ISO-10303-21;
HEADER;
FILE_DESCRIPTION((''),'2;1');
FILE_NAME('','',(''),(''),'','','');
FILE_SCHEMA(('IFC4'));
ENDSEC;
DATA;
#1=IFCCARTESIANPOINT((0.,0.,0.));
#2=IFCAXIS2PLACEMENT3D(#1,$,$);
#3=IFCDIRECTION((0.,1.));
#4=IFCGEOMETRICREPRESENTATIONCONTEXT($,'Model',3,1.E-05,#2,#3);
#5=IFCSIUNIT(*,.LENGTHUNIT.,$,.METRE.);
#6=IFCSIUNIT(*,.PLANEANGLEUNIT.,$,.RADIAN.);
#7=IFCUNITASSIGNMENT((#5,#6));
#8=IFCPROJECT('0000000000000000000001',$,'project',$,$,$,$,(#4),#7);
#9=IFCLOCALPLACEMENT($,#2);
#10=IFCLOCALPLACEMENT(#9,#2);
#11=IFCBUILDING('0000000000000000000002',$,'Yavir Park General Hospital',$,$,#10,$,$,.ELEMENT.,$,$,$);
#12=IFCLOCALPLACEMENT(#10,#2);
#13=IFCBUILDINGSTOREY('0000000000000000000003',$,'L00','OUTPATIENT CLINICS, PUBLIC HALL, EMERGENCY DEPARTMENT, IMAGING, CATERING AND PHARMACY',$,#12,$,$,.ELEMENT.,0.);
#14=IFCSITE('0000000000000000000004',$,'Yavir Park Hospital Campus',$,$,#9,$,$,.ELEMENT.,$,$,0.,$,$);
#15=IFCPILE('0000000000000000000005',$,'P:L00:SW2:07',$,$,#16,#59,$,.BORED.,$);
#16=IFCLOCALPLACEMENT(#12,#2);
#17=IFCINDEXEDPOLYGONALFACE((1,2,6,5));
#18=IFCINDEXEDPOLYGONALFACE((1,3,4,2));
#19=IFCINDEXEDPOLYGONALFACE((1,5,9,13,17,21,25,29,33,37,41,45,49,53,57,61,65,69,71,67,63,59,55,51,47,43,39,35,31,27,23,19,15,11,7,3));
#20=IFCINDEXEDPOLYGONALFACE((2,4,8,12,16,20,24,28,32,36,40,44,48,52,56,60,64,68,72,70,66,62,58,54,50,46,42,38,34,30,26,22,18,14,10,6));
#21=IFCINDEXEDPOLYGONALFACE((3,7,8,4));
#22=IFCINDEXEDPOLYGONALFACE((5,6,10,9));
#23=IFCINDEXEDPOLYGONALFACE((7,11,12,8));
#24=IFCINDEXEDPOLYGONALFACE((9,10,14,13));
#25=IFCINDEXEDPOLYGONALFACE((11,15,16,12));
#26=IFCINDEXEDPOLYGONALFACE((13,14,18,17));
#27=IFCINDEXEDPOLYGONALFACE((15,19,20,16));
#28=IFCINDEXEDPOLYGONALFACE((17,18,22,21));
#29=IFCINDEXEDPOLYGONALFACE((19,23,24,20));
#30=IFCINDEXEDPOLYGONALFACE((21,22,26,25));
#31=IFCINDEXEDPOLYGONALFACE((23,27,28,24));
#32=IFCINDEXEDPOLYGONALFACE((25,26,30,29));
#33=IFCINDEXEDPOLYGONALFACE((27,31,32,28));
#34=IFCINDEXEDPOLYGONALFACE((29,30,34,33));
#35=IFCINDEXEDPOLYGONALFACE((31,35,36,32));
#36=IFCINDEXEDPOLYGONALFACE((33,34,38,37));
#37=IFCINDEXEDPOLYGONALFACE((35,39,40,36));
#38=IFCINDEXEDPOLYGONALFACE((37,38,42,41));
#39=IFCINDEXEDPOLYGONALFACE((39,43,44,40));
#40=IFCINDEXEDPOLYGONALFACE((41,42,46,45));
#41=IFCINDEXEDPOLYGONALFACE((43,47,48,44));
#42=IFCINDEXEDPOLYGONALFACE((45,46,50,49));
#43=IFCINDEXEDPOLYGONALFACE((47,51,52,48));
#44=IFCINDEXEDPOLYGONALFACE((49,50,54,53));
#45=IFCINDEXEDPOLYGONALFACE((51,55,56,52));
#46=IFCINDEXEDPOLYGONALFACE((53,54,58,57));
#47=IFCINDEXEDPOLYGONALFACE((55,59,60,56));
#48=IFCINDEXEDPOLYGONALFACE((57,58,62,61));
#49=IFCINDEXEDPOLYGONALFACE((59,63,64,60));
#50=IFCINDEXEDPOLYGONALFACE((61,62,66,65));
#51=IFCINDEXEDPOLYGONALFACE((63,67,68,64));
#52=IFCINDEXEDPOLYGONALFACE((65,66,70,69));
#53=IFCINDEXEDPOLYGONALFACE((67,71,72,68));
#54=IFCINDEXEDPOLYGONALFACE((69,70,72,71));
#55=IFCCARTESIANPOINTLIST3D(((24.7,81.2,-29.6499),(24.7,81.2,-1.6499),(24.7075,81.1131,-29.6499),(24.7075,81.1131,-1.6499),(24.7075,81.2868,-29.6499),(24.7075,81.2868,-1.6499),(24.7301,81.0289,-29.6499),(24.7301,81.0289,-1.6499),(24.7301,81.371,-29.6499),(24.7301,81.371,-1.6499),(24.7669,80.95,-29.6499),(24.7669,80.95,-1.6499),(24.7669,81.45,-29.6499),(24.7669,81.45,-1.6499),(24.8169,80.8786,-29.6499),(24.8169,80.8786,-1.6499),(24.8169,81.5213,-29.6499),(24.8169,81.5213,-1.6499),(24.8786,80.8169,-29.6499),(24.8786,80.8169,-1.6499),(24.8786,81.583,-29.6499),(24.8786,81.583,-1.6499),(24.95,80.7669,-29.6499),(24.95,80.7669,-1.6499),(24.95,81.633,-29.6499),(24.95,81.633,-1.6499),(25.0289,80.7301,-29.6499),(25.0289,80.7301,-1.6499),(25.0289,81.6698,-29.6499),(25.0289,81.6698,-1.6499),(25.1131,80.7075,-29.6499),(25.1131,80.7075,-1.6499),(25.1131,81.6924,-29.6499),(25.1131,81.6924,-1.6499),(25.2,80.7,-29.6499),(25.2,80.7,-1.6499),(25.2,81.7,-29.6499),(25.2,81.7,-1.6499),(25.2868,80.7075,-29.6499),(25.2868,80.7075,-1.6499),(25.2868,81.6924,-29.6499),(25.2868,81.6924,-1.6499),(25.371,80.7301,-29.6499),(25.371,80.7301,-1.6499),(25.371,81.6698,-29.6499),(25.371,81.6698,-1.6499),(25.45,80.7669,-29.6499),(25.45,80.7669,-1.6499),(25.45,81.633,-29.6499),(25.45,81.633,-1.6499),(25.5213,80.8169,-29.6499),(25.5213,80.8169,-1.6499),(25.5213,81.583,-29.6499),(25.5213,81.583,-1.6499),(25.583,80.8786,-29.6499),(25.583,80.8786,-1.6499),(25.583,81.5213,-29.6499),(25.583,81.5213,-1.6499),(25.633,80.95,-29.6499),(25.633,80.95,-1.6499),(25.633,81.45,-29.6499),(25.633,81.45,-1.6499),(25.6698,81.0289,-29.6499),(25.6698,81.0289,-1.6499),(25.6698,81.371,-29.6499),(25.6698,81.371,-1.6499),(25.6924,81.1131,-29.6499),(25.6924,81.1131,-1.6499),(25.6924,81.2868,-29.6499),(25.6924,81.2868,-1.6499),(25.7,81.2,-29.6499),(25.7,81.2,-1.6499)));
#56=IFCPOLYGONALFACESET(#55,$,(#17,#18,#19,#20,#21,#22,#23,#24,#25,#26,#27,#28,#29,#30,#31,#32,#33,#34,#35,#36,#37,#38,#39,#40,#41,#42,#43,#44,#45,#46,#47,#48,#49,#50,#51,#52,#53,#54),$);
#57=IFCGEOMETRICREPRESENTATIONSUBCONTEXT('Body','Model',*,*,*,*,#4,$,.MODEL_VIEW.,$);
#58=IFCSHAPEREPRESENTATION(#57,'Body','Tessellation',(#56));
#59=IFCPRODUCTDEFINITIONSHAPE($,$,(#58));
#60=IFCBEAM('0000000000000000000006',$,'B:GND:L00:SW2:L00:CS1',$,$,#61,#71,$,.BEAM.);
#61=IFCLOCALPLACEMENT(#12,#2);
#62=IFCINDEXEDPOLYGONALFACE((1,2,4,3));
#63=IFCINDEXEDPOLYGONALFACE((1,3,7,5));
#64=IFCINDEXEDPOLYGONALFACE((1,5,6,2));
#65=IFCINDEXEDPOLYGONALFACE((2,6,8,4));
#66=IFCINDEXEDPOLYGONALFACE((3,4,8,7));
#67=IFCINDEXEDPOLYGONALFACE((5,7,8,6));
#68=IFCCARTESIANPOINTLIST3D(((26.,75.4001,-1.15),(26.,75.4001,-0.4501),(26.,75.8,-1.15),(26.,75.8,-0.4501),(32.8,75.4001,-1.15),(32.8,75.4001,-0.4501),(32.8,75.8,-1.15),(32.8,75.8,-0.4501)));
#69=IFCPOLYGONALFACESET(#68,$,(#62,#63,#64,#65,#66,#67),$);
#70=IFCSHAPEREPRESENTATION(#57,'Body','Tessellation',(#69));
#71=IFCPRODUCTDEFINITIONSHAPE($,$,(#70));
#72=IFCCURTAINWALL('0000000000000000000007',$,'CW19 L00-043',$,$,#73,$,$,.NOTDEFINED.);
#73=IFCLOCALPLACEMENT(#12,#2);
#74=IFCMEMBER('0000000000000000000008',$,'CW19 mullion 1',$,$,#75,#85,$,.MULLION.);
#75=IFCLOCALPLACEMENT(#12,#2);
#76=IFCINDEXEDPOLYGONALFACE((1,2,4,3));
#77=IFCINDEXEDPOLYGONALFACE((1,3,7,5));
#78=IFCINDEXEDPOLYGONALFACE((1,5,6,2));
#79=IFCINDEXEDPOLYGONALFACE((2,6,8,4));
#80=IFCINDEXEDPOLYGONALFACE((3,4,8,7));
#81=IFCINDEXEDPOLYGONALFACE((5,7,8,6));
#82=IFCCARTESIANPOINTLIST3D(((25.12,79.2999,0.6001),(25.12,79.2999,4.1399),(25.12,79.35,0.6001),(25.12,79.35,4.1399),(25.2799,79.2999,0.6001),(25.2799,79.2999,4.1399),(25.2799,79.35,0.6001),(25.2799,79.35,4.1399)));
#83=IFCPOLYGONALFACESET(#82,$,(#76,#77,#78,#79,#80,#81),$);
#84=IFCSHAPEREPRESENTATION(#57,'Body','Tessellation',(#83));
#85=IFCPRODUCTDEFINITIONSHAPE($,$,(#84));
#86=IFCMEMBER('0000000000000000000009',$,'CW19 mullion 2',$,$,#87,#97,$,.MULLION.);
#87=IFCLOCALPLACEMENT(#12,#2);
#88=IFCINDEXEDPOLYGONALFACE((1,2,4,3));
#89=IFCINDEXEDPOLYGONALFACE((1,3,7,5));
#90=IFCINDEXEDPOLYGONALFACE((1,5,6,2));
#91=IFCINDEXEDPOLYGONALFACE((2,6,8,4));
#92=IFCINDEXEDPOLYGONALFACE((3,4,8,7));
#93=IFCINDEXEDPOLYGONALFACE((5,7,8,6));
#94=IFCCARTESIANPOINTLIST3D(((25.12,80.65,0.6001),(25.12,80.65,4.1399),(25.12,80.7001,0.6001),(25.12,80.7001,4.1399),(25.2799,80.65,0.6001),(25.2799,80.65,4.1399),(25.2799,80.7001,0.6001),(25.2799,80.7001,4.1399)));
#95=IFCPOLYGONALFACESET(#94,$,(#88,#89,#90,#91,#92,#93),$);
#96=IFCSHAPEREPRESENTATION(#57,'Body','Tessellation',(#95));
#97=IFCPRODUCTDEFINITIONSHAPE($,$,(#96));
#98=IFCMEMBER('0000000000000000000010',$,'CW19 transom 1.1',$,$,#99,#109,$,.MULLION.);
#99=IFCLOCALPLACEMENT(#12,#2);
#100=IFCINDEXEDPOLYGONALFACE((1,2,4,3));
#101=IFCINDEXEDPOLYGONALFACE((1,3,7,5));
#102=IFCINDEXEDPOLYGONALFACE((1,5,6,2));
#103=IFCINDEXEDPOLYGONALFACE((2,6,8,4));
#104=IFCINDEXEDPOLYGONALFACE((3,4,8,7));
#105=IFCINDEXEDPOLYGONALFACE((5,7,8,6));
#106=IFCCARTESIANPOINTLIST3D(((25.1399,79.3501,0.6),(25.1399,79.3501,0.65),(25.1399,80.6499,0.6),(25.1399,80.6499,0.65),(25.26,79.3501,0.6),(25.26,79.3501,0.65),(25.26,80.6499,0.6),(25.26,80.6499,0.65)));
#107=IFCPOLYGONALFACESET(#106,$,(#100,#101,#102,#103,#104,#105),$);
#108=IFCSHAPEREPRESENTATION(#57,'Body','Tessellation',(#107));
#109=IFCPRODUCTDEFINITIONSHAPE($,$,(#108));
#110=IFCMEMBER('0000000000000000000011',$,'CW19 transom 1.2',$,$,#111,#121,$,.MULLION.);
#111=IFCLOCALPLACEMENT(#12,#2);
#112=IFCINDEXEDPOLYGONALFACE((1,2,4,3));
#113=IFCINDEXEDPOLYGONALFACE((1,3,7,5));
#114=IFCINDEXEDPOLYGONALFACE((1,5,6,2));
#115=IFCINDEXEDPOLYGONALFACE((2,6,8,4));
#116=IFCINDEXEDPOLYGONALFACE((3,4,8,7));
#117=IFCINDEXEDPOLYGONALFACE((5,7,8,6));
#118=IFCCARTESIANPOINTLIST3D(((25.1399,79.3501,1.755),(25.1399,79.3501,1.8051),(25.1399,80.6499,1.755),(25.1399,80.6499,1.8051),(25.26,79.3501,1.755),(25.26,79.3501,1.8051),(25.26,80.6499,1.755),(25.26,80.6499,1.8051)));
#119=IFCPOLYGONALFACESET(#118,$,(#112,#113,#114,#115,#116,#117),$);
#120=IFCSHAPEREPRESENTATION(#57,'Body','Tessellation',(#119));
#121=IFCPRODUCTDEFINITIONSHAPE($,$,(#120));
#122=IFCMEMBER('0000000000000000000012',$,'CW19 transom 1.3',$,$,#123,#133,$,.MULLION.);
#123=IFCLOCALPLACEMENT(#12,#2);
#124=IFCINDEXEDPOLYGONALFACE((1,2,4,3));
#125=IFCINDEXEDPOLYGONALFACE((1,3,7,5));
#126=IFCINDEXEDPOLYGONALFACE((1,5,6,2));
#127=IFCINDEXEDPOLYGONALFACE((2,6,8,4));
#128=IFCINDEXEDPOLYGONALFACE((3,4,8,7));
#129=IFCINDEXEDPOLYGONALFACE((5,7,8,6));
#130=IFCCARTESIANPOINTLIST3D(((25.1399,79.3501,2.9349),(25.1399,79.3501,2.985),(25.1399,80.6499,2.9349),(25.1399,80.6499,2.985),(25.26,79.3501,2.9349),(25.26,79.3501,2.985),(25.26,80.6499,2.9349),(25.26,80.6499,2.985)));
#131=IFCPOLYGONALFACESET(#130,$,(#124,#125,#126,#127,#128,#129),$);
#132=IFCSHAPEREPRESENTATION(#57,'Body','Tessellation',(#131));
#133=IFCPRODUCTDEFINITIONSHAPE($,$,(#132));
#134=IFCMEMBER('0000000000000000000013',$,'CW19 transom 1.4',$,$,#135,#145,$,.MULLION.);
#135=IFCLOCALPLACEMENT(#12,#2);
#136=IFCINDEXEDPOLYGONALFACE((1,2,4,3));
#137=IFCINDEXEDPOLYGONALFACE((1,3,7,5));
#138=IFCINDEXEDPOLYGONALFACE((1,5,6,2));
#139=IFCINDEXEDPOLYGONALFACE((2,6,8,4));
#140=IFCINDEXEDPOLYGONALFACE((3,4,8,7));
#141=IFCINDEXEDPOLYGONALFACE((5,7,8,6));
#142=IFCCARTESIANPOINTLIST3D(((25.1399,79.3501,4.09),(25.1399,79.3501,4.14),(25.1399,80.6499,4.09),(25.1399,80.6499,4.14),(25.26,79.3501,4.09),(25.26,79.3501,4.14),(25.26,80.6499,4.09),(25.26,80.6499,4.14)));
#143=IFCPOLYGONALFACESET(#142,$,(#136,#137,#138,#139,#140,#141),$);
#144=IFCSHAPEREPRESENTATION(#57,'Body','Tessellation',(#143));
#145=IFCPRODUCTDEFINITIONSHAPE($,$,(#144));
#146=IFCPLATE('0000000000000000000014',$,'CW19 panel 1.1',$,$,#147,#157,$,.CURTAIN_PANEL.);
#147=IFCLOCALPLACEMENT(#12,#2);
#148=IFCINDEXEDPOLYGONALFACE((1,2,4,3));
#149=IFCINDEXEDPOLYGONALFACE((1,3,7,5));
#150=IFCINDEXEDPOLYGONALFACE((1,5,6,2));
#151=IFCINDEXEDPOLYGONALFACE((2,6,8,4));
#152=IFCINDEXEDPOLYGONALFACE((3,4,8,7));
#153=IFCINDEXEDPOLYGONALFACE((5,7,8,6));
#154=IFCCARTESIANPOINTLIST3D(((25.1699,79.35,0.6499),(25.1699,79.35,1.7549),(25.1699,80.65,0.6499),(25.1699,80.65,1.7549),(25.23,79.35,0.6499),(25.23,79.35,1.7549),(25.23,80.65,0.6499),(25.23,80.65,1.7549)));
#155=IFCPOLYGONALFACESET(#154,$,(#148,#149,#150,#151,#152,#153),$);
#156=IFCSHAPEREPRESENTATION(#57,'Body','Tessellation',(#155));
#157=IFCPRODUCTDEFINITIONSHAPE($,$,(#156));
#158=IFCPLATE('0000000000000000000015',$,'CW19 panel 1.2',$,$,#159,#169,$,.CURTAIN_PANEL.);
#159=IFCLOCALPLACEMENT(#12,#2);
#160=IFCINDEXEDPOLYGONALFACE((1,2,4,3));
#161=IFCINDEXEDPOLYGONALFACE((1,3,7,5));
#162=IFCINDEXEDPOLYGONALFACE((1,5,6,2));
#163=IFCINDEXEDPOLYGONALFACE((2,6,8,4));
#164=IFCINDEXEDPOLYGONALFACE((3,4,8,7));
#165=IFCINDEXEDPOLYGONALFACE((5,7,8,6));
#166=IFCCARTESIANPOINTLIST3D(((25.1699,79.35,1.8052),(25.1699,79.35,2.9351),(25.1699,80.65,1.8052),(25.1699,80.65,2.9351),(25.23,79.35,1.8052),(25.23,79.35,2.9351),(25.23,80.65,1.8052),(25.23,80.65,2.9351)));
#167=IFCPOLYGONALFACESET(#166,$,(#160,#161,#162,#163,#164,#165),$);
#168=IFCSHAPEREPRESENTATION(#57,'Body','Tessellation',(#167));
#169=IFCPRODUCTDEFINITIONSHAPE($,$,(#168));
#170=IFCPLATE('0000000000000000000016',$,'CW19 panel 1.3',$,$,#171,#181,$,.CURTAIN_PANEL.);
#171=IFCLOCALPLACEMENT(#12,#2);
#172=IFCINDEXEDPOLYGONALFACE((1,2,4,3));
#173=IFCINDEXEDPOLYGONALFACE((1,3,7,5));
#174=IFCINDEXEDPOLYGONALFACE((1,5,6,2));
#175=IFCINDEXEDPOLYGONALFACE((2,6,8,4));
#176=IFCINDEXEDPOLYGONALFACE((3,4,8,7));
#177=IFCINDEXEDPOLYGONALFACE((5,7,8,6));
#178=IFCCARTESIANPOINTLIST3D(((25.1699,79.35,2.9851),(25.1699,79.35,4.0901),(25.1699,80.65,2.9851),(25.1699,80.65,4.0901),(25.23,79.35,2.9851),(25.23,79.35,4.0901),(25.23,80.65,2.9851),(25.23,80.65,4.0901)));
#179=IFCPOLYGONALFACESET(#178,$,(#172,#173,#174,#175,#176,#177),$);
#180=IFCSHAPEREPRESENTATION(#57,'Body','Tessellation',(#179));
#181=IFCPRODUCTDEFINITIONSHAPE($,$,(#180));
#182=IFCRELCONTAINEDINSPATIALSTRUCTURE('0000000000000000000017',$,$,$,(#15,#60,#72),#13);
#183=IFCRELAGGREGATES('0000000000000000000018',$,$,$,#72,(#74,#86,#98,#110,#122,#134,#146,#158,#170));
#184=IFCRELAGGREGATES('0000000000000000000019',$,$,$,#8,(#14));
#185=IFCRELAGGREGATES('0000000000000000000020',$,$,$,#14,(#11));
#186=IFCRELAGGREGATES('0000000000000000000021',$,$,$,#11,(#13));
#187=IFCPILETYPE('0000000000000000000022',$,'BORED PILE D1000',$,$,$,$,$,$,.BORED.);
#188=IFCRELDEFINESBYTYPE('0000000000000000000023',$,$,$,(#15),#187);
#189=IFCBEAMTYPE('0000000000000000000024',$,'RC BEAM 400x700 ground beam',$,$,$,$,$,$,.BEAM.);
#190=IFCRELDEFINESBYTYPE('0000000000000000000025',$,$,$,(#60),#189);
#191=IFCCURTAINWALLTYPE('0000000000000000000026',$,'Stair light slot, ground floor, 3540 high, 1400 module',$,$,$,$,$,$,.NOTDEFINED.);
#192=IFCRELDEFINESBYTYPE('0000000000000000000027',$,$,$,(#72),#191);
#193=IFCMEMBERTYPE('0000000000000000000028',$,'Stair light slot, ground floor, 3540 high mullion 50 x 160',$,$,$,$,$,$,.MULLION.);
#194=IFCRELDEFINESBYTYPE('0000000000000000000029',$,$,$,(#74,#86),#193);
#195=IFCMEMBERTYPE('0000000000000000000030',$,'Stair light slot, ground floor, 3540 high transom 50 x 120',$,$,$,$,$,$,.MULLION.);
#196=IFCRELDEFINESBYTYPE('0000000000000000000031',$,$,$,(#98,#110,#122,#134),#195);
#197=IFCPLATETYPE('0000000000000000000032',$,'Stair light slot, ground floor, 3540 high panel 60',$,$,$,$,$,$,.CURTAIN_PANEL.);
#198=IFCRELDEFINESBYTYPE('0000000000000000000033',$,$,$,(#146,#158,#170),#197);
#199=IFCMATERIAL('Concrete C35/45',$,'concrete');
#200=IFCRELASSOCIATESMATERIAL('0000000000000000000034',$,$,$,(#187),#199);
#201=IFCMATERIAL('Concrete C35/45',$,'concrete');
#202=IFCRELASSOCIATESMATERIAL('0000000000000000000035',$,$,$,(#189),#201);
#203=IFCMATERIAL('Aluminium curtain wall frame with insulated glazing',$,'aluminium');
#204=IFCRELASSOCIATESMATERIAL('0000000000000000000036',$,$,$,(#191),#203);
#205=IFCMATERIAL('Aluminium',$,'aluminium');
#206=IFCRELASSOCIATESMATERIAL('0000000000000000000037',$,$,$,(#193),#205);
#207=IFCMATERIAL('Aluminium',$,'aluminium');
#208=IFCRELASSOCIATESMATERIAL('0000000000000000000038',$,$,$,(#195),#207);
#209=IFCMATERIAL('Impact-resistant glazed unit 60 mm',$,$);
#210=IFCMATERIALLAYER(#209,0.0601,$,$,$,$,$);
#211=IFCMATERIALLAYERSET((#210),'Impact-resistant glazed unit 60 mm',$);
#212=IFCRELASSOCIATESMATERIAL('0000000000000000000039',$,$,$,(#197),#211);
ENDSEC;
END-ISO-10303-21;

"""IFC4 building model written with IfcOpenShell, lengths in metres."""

from ifc_helpers import new_model, si_unit, direction, frame, origin, origin_2d, place, context, subcontext, project, spatial, rectangle, circle, extrude, material, layer, layer_set, material_profile, profile_set, type_object, element, aggregate, save


model = new_model("IFC4")

# Units and contexts
model_context = context("Model", 3, precision=1e-05, world=origin(), true_north=direction((0.0, 1.0)))
body_context = subcontext(model_context, "Body", "Model", "MODEL_VIEW")
ifc_project = project(units=[si_unit("LENGTHUNIT", "METRE"), si_unit("PLANEANGLEUNIT", "RADIAN")], contexts=[model_context])

# Site, building, storey
site_placement = place(None, origin())
site = spatial("IfcSite", under=ifc_project, at=site_placement, Name="Yavir Park Hospital Campus", CompositionType="ELEMENT", RefElevation=0.0)
building_placement = place(site_placement, origin())
building = spatial("IfcBuilding", under=site, at=building_placement, Name="Yavir Park General Hospital", CompositionType="ELEMENT")
storey_placement = place(building_placement, origin())
storey = spatial("IfcBuildingStorey", under=building, at=storey_placement, Name="L00", Description="OUTPATIENT CLINICS, PUBLIC HALL, EMERGENCY DEPARTMENT, IMAGING, CATERING AND PHARMACY", CompositionType="ELEMENT", Elevation=0.0)

# Pile
ifc_material_1 = material(Name="Concrete C35/45", Category="concrete")
ifc_material_profile_1 = material_profile(ifc_material_1, circle(Radius=0.5, at=origin_2d()), Name="D1000")
ifc_profile_set_1 = profile_set([ifc_material_profile_1], Name="Concrete C35/45")
pile_type = type_object("IfcPileType", Name="BORED PILE D1000", PredefinedType="BORED", material=ifc_profile_set_1)
pile_placement = place(storey_placement, frame((25.2, 81.2, -1.6499), z_axis=(0.0, 0.0, -1.0), x_axis=(1.0, 0.0, 0.0)))
element("IfcPile", 1, at=pile_placement, inside=storey, type_object=pile_type, Name="P:L00:SW2:07", PredefinedType="BORED", context=body_context, shape_type="SweptSolid", body=[
    extrude(circle(Radius=0.5, at=origin_2d()), origin(), (0.0, 0.0, 1.0), 28.0),
])

# Beam
ifc_material_2 = material(Name="Concrete C35/45", Category="concrete")
ifc_material_profile_2 = material_profile(ifc_material_2, rectangle(XDim=0.3999, YDim=0.7, at=origin_2d()), Name="RC400x700")
ifc_profile_set_2 = profile_set([ifc_material_profile_2], Name="Concrete C35/45")
beam_type = type_object("IfcBeamType", Name="RC BEAM 400x700 ground beam", PredefinedType="BEAM", material=ifc_profile_set_2)
beam_placement = place(storey_placement, frame((26.0, 75.6001, -0.8), z_axis=(1.0, 0.0, 0.0), x_axis=(0.0, 1.0, 0.0)))
element("IfcBeam", 2, at=beam_placement, inside=storey, type_object=beam_type, Name="B:GND:L00:SW2:L00:CS1", PredefinedType="BEAM", context=body_context, shape_type="SweptSolid", body=[
    extrude(rectangle(XDim=0.3999, YDim=0.7, at=origin_2d()), origin(), (0.0, 0.0, 1.0), 6.8),
])

# Curtain wall, members, plates
ifc_material_3 = material(Name="Aluminium curtain wall frame with insulated glazing", Category="aluminium")
curtain_wall_type = type_object("IfcCurtainWallType", Name="Stair light slot, ground floor, 3540 high, 1400 module", PredefinedType="NOTDEFINED", material=ifc_material_3)
curtain_wall_placement = place(storey_placement, origin())
curtain_wall = element("IfcCurtainWall", 3, at=curtain_wall_placement, inside=storey, type_object=curtain_wall_type, Name="CW19 L00-043", PredefinedType="NOTDEFINED")
ifc_material_4 = material(Name="Aluminium", Category="aluminium")
ifc_material_profile_3 = material_profile(ifc_material_4, rectangle(XDim=0.1599, YDim=0.05, at=origin_2d()), Name="AL 50x160")
ifc_profile_set_3 = profile_set([ifc_material_profile_3], Name="Aluminium")
member_type_1 = type_object("IfcMemberType", Name="Stair light slot, ground floor, 3540 high mullion 50 x 160", PredefinedType="MULLION", material=ifc_profile_set_3)
member_1_placement = place(storey_placement, frame((25.2, 79.325, 0.6001), z_axis=(0.0, 0.0, 1.0), x_axis=(-1.0, 0.0, 0.0)))
member_1 = element("IfcMember", 4, at=member_1_placement, type_object=member_type_1, Name="CW19 mullion 1", PredefinedType="MULLION", context=body_context, shape_type="SweptSolid", body=[
    extrude(rectangle(XDim=0.1599, YDim=0.05, at=origin_2d()), origin(), (0.0, 0.0, 1.0), 3.5398),
])
member_2_placement = place(storey_placement, frame((25.2, 80.675, 0.6001), z_axis=(0.0, 0.0, 1.0), x_axis=(-1.0, 0.0, 0.0)))
member_2 = element("IfcMember", 5, at=member_2_placement, type_object=member_type_1, Name="CW19 mullion 2", PredefinedType="MULLION", context=body_context, shape_type="SweptSolid", body=[
    extrude(rectangle(XDim=0.1599, YDim=0.05, at=origin_2d()), origin(), (0.0, 0.0, 1.0), 3.5398),
])
ifc_material_5 = material(Name="Aluminium", Category="aluminium")
ifc_material_profile_4 = material_profile(ifc_material_5, rectangle(XDim=0.1201, YDim=0.05, at=origin_2d()), Name="AL 120x50")
ifc_profile_set_4 = profile_set([ifc_material_profile_4], Name="Aluminium")
member_type_2 = type_object("IfcMemberType", Name="Stair light slot, ground floor, 3540 high transom 50 x 120", PredefinedType="MULLION", material=ifc_profile_set_4)
member_3_placement = place(storey_placement, frame((25.2, 79.3501, 0.625), z_axis=(0.0, 1.0, 0.0), x_axis=(-1.0, 0.0, 0.0)))
member_3 = element("IfcMember", 6, at=member_3_placement, type_object=member_type_2, Name="CW19 transom 1.1", PredefinedType="MULLION", context=body_context, shape_type="SweptSolid", body=[
    extrude(rectangle(XDim=0.1201, YDim=0.05, at=origin_2d()), origin(), (0.0, 0.0, 1.0), 1.2998),
])
member_4_placement = place(storey_placement, frame((25.2, 79.3501, 1.78), z_axis=(0.0, 1.0, 0.0), x_axis=(-1.0, 0.0, 0.0)))
member_4 = element("IfcMember", 7, at=member_4_placement, type_object=member_type_2, Name="CW19 transom 1.2", PredefinedType="MULLION", context=body_context, shape_type="SweptSolid", body=[
    extrude(rectangle(XDim=0.1201, YDim=0.05, at=origin_2d()), origin(), (0.0, 0.0, 1.0), 1.2998),
])
member_5_placement = place(storey_placement, frame((25.2, 79.3501, 2.96), z_axis=(0.0, 1.0, 0.0), x_axis=(-1.0, 0.0, 0.0)))
member_5 = element("IfcMember", 8, at=member_5_placement, type_object=member_type_2, Name="CW19 transom 1.3", PredefinedType="MULLION", context=body_context, shape_type="SweptSolid", body=[
    extrude(rectangle(XDim=0.1201, YDim=0.05, at=origin_2d()), origin(), (0.0, 0.0, 1.0), 1.2998),
])
member_6_placement = place(storey_placement, frame((25.2, 79.3501, 4.115), z_axis=(0.0, 1.0, 0.0), x_axis=(-1.0, 0.0, 0.0)))
member_6 = element("IfcMember", 9, at=member_6_placement, type_object=member_type_2, Name="CW19 transom 1.4", PredefinedType="MULLION", context=body_context, shape_type="SweptSolid", body=[
    extrude(rectangle(XDim=0.1201, YDim=0.05, at=origin_2d()), origin(), (0.0, 0.0, 1.0), 1.2998),
])
ifc_material_6 = material(Name="Impact-resistant glazed unit 60 mm")
ifc_layer_1 = layer(ifc_material_6, 0.0601)
ifc_layer_set_1 = layer_set([ifc_layer_1], Name="Impact-resistant glazed unit 60 mm")
plate_type = type_object("IfcPlateType", Name="Stair light slot, ground floor, 3540 high panel 60", PredefinedType="CURTAIN_PANEL", material=ifc_layer_set_1)
plate_1_placement = place(storey_placement, frame((25.2, 80.0, 0.6499), z_axis=(0.0, 0.0, 1.0), x_axis=(0.0, 1.0, 0.0)))
plate_1 = element("IfcPlate", 10, at=plate_1_placement, type_object=plate_type, Name="CW19 panel 1.1", PredefinedType="CURTAIN_PANEL", context=body_context, shape_type="SweptSolid", body=[
    extrude(rectangle(XDim=1.3, YDim=0.0601, at=origin_2d()), origin(), (0.0, 0.0, 1.0), 1.105),
])
plate_2_placement = place(storey_placement, frame((25.2, 80.0, 1.8052), z_axis=(0.0, 0.0, 1.0), x_axis=(0.0, 1.0, 0.0)))
plate_2 = element("IfcPlate", 11, at=plate_2_placement, type_object=plate_type, Name="CW19 panel 1.2", PredefinedType="CURTAIN_PANEL", context=body_context, shape_type="SweptSolid", body=[
    extrude(rectangle(XDim=1.3, YDim=0.0601, at=origin_2d()), origin(), (0.0, 0.0, 1.0), 1.1299),
])
plate_3_placement = place(storey_placement, frame((25.2, 80.0, 2.9851), z_axis=(0.0, 0.0, 1.0), x_axis=(0.0, 1.0, 0.0)))
plate_3 = element("IfcPlate", 12, at=plate_3_placement, type_object=plate_type, Name="CW19 panel 1.3", PredefinedType="CURTAIN_PANEL", context=body_context, shape_type="SweptSolid", body=[
    extrude(rectangle(XDim=1.3, YDim=0.0601, at=origin_2d()), origin(), (0.0, 0.0, 1.0), 1.105),
])
aggregate(curtain_wall, [member_1, member_2, member_3, member_4, member_5, member_6, plate_1, plate_2, plate_3])

save(model, "model.ifc")
